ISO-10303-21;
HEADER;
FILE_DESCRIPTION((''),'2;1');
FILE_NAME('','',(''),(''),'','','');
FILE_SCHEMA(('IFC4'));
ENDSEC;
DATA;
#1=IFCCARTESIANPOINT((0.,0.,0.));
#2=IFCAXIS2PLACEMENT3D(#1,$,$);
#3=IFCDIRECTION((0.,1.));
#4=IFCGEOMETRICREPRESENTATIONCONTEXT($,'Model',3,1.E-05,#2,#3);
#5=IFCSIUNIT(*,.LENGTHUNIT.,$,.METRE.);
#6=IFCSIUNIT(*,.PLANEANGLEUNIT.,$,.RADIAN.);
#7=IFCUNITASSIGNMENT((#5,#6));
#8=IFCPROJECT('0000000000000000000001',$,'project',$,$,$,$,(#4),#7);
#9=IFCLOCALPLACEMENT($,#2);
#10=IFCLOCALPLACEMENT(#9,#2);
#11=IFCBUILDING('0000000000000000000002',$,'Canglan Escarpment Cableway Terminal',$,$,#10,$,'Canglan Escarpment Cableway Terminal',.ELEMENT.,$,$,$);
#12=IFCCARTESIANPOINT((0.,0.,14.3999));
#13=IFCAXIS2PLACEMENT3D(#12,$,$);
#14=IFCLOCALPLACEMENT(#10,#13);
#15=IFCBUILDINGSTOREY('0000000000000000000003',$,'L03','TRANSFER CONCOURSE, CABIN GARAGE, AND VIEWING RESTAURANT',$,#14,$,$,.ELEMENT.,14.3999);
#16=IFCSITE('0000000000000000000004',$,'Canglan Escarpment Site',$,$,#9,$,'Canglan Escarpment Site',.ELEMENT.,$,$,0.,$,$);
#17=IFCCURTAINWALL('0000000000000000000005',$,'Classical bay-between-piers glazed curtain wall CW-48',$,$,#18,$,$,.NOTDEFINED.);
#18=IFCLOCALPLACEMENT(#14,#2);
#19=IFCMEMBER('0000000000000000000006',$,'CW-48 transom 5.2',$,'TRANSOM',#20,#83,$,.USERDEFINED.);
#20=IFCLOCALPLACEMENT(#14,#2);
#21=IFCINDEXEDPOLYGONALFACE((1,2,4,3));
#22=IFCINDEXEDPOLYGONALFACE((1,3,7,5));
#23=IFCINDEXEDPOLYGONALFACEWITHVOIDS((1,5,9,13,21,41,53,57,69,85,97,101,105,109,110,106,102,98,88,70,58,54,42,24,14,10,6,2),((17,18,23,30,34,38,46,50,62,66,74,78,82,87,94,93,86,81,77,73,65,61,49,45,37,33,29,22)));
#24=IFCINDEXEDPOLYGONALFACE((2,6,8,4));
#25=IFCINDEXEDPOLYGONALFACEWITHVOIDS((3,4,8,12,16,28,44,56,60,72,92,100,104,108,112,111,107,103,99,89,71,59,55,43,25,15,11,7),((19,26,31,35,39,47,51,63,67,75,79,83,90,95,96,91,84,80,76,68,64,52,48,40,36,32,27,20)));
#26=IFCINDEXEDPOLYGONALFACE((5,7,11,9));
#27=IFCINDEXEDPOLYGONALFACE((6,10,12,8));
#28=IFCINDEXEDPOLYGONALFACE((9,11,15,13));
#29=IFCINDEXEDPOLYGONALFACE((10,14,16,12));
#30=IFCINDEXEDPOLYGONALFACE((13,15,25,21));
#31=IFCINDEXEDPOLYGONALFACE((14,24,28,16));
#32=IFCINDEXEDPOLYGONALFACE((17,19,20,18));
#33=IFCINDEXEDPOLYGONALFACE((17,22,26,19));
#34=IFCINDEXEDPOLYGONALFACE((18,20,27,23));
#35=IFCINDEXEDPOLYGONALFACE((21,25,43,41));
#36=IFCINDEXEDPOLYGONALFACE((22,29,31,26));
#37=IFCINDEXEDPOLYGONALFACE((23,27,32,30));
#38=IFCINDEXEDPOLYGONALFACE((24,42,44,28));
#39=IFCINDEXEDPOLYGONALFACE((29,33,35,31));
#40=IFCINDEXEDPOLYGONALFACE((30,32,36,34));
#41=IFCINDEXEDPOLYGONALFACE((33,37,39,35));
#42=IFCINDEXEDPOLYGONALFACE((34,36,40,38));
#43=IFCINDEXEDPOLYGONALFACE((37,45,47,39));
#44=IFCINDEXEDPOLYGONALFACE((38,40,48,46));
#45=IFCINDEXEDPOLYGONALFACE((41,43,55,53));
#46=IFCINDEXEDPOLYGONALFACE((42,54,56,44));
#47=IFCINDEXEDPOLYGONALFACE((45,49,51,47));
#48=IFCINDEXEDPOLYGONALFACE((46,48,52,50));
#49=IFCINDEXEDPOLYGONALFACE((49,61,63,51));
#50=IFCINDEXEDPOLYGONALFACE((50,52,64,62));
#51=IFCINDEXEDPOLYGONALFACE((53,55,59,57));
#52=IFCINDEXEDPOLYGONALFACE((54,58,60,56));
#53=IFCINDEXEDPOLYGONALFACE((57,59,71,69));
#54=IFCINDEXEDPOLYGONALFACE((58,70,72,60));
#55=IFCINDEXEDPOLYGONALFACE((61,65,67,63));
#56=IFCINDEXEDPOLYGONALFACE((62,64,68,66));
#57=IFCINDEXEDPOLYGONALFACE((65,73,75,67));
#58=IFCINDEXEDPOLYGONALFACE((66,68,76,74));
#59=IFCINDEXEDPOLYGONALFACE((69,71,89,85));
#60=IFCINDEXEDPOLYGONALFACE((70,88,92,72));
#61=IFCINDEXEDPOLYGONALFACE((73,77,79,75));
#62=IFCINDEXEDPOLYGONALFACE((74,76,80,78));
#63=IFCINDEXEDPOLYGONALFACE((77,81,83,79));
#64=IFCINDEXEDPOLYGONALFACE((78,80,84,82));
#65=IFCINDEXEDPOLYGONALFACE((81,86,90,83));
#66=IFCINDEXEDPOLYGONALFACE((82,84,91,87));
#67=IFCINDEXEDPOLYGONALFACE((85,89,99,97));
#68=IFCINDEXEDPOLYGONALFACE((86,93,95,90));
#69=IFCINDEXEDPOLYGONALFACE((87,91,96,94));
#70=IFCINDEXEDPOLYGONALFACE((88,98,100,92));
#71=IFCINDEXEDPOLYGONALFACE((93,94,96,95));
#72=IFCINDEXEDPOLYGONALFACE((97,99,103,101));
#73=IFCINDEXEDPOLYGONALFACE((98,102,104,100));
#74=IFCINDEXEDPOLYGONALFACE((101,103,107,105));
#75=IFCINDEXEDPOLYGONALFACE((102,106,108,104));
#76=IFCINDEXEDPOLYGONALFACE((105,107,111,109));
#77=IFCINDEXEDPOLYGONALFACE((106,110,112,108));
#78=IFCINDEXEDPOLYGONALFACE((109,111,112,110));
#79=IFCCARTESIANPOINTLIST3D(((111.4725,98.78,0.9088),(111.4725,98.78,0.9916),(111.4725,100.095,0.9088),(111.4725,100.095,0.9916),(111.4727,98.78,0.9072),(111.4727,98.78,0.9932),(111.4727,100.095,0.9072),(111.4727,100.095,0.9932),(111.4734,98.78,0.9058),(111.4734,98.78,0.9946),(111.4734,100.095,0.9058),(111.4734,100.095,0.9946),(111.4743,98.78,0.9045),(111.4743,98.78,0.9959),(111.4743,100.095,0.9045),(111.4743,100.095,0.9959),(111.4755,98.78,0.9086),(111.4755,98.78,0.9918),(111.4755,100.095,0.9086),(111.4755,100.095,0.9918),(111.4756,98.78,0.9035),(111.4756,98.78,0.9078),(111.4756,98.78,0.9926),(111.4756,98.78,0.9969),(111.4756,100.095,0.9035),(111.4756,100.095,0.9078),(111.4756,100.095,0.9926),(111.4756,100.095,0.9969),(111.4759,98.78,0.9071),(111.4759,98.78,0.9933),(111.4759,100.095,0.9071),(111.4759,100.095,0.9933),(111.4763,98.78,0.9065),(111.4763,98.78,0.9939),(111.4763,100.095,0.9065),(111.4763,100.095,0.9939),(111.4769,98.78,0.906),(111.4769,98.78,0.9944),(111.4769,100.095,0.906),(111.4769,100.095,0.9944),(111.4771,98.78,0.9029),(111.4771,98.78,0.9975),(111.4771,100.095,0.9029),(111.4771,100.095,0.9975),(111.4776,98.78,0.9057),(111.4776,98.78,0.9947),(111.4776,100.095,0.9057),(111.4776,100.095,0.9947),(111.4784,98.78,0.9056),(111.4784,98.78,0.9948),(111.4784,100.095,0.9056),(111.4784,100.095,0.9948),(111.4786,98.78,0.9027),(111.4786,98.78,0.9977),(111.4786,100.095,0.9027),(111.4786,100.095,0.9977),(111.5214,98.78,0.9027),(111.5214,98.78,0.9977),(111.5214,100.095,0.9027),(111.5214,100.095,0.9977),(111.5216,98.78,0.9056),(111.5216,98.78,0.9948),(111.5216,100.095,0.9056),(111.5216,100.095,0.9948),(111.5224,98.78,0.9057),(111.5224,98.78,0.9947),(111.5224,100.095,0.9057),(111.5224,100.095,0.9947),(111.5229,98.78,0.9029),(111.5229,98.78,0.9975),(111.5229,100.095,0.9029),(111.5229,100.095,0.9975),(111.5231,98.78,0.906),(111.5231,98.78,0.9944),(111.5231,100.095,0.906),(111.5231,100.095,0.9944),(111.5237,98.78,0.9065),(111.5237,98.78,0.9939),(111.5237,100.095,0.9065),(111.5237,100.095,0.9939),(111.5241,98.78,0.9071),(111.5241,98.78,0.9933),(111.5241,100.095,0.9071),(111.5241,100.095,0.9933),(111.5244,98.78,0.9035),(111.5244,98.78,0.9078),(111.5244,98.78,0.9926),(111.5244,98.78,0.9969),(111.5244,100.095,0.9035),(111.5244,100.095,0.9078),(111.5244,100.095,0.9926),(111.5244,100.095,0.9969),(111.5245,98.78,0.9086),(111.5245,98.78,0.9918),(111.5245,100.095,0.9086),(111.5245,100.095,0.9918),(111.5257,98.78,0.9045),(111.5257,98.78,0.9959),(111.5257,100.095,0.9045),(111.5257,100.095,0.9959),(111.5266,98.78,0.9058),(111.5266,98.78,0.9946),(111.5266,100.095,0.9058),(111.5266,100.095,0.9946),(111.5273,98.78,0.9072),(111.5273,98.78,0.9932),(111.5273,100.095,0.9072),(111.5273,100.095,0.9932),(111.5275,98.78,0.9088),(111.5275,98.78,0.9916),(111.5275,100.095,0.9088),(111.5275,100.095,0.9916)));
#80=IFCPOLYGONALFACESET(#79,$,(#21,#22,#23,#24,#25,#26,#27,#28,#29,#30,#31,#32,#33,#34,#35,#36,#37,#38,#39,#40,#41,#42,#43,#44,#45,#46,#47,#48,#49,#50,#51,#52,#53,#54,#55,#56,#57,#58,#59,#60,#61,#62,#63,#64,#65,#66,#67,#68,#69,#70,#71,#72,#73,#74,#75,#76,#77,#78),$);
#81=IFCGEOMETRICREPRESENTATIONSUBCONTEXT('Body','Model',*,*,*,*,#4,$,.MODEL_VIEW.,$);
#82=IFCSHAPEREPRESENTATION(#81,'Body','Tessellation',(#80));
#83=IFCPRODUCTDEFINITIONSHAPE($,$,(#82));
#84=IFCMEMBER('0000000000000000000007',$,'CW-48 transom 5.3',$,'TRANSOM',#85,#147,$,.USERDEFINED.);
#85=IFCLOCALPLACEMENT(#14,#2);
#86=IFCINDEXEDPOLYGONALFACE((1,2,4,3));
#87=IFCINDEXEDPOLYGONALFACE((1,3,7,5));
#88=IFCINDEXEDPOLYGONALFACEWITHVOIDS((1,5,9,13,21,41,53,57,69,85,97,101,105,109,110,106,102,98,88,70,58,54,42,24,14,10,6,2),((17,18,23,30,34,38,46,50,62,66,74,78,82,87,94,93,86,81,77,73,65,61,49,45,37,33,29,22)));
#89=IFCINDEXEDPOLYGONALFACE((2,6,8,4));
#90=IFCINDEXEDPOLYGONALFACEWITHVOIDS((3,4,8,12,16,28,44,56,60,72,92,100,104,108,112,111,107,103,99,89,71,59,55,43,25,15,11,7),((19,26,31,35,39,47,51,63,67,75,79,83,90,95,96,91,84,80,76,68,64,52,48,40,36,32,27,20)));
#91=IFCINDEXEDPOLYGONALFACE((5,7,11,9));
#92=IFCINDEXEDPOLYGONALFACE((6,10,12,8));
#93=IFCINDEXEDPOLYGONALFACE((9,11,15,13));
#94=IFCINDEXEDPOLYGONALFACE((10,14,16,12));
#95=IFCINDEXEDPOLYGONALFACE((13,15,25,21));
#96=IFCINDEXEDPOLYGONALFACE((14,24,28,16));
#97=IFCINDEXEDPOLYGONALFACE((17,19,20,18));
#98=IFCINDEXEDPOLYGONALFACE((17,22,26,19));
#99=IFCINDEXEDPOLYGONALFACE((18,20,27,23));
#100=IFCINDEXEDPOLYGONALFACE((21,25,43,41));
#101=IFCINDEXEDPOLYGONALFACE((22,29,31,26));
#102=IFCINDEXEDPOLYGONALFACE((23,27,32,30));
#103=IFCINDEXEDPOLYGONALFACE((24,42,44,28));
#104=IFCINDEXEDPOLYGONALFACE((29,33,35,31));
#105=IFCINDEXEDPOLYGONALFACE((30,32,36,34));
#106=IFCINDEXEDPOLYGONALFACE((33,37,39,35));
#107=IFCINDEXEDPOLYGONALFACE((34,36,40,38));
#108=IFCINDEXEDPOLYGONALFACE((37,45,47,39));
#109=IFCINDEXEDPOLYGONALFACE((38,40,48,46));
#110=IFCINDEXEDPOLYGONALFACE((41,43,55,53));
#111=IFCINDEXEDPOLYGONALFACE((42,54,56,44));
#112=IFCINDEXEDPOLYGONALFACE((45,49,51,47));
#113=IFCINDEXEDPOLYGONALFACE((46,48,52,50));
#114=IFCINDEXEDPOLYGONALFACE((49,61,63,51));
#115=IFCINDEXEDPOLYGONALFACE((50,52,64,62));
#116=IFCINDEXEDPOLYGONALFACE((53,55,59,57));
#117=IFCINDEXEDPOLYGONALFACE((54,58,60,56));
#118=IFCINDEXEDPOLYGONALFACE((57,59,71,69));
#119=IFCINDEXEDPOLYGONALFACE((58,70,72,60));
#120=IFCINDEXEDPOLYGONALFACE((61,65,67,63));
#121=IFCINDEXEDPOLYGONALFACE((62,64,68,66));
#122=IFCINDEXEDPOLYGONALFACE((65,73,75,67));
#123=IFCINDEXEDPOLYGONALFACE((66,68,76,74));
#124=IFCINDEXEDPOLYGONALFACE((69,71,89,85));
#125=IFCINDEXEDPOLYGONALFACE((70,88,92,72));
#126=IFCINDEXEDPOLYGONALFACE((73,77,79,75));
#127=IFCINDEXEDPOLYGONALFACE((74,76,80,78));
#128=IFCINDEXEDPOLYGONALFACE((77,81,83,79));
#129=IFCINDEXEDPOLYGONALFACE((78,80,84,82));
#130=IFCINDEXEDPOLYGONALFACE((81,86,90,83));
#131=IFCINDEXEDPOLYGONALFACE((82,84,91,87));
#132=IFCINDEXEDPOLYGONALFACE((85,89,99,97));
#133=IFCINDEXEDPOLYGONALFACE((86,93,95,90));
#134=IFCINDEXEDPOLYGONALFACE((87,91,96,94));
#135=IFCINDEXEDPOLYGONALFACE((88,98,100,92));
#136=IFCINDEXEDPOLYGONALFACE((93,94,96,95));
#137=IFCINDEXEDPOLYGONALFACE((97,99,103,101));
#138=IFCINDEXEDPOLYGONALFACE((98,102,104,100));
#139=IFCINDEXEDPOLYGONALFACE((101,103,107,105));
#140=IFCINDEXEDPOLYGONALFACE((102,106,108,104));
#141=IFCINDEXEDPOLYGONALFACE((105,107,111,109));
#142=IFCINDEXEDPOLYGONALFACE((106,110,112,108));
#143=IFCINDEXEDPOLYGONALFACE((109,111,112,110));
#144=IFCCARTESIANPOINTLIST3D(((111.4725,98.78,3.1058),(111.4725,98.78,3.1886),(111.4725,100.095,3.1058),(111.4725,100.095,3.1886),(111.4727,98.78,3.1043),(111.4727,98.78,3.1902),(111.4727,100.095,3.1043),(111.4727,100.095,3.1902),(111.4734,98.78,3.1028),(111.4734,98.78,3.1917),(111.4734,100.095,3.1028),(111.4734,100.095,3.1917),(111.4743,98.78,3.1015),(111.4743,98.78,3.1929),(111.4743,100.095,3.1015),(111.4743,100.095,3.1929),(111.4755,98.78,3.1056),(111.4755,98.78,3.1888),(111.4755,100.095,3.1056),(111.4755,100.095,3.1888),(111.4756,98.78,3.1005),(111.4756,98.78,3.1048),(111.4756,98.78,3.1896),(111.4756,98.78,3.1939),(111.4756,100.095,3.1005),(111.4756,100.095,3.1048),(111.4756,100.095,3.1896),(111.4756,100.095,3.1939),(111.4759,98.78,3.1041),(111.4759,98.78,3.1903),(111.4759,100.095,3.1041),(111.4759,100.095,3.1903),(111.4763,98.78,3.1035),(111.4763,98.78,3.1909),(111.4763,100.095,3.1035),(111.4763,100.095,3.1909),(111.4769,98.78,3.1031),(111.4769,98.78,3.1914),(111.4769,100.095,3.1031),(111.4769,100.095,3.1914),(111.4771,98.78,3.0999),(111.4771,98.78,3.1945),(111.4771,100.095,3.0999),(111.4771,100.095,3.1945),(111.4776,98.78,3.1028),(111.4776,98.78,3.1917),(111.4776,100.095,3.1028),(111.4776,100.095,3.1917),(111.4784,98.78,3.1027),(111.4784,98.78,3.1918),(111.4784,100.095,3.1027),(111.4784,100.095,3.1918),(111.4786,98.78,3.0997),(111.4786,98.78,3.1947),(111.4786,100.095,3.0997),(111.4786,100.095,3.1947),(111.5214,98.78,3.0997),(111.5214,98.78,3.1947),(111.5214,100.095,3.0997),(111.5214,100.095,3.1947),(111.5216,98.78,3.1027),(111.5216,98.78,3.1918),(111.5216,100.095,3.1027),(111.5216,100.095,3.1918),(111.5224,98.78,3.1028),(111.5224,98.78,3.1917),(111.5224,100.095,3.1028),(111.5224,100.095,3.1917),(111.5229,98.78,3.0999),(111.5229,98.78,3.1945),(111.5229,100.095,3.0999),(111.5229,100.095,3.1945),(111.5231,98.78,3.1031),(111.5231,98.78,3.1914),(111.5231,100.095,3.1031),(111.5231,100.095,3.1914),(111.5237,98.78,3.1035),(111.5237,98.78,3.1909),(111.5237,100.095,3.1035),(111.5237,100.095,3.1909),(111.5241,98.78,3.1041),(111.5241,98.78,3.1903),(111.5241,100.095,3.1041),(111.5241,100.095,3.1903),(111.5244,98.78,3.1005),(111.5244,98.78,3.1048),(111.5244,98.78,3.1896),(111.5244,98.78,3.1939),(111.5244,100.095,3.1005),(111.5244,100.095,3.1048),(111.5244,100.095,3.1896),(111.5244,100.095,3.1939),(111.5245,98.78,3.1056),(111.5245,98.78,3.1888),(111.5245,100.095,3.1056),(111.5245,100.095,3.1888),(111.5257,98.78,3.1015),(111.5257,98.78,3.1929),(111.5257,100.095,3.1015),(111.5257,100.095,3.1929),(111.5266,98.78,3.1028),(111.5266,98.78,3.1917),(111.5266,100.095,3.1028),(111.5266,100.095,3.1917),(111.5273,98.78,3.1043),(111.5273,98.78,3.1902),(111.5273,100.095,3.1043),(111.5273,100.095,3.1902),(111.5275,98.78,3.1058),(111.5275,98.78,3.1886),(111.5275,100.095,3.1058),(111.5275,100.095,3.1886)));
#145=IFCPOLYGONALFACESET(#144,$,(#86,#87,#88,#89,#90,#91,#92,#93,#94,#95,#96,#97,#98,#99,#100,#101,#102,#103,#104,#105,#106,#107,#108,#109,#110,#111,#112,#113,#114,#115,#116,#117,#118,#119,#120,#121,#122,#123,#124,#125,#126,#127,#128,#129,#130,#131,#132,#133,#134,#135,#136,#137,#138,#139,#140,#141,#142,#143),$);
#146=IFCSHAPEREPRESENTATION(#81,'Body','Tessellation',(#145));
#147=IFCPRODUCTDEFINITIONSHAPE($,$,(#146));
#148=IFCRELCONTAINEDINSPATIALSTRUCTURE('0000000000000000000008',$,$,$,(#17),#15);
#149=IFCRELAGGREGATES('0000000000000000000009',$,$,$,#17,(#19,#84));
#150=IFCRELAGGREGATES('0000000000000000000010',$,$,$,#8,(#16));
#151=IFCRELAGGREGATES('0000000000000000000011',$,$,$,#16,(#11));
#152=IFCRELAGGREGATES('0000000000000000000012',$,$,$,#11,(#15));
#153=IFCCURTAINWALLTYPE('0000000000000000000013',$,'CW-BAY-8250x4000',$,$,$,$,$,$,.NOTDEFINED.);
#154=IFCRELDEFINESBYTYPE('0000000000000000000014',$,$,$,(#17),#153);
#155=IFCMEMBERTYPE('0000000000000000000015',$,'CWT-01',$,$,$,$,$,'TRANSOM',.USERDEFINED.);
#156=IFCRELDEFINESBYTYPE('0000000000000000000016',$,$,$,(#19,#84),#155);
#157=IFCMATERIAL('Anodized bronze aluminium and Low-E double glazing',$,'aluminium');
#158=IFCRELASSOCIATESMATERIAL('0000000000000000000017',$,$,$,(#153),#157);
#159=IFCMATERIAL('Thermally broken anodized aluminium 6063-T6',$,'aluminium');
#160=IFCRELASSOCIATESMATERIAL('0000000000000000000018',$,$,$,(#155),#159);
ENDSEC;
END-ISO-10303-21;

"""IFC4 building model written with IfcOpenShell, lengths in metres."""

from ifc_helpers import new_model, si_unit, direction, frame, origin, origin_2d, place, context, subcontext, project, spatial, hollow_rectangle, extrude, material, material_profile, profile_set, type_object, element, aggregate, save


model = new_model("IFC4")

# Units and contexts
model_context = context("Model", 3, precision=1e-05, world=origin(), true_north=direction((0.0, 1.0)))
body_context = subcontext(model_context, "Body", "Model", "MODEL_VIEW")
ifc_project = project(units=[si_unit("LENGTHUNIT", "METRE"), si_unit("PLANEANGLEUNIT", "RADIAN")], contexts=[model_context])

# Site, building, storey
site_placement = place(None, origin())
site = spatial("IfcSite", under=ifc_project, at=site_placement, Name="Canglan Escarpment Site", LongName="Canglan Escarpment Site", CompositionType="ELEMENT", RefElevation=0.0)
building_placement = place(site_placement, origin())
building = spatial("IfcBuilding", under=site, at=building_placement, Name="Canglan Escarpment Cableway Terminal", LongName="Canglan Escarpment Cableway Terminal", CompositionType="ELEMENT")
storey_placement = place(building_placement, frame((0.0, 0.0, 14.3999)))
storey = spatial("IfcBuildingStorey", under=building, at=storey_placement, Name="L03", Description="TRANSFER CONCOURSE, CABIN GARAGE, AND VIEWING RESTAURANT", CompositionType="ELEMENT", Elevation=14.3999)

# Curtain wall, members
ifc_material_1 = material(Name="Anodized bronze aluminium and Low-E double glazing", Category="aluminium")
curtain_wall_type = type_object("IfcCurtainWallType", Name="CW-BAY-8250x4000", PredefinedType="NOTDEFINED", material=ifc_material_1)
curtain_wall_placement = place(storey_placement, origin())
curtain_wall = element("IfcCurtainWall", 1, at=curtain_wall_placement, inside=storey, type_object=curtain_wall_type, Name="Classical bay-between-piers glazed curtain wall CW-48", PredefinedType="NOTDEFINED")
ifc_material_2 = material(Name="Thermally broken anodized aluminium 6063-T6", Category="aluminium")
ifc_material_profile_1 = material_profile(ifc_material_2, hollow_rectangle(XDim=0.0549, YDim=0.095, WallThickness=0.0029, InnerFilletRadius=0.0029, OuterFilletRadius=0.0061, at=origin_2d()), Name="ALU-TRAN 55x95x3")
ifc_profile_set_1 = profile_set([ifc_material_profile_1], Name="Thermally broken anodized aluminium 6063-T6")
member_type_1 = type_object("IfcMemberType", Name="CWT-01", ElementType="TRANSOM", PredefinedType="USERDEFINED", material=ifc_profile_set_1)
member_1_placement = place(storey_placement, frame((111.5, 100.095, 0.9502), z_axis=(0.0, -1.0, 0.0), x_axis=(1.0, 0.0, 0.0)))
member_1 = element("IfcMember", 2, at=member_1_placement, type_object=member_type_1, Name="CW-48 transom 5.2", ObjectType="TRANSOM", PredefinedType="USERDEFINED", context=body_context, shape_type="SweptSolid", body=[
    extrude(hollow_rectangle(XDim=0.0549, YDim=0.095, WallThickness=0.0029, InnerFilletRadius=0.0029, OuterFilletRadius=0.0061, at=origin_2d()), origin(), (0.0, 0.0, 1.0), 1.3149),
])
member_2_placement = place(storey_placement, frame((111.5, 100.095, 3.1472), z_axis=(0.0, -1.0, 0.0), x_axis=(1.0, 0.0, 0.0)))
member_2 = element("IfcMember", 3, at=member_2_placement, type_object=member_type_1, Name="CW-48 transom 5.3", ObjectType="TRANSOM", PredefinedType="USERDEFINED", context=body_context, shape_type="SweptSolid", body=[
    extrude(hollow_rectangle(XDim=0.0549, YDim=0.095, WallThickness=0.0029, InnerFilletRadius=0.0029, OuterFilletRadius=0.0061, at=origin_2d()), origin(), (0.0, 0.0, 1.0), 1.3149),
])
aggregate(curtain_wall, [member_1, member_2])

save(model, "model.ifc")
